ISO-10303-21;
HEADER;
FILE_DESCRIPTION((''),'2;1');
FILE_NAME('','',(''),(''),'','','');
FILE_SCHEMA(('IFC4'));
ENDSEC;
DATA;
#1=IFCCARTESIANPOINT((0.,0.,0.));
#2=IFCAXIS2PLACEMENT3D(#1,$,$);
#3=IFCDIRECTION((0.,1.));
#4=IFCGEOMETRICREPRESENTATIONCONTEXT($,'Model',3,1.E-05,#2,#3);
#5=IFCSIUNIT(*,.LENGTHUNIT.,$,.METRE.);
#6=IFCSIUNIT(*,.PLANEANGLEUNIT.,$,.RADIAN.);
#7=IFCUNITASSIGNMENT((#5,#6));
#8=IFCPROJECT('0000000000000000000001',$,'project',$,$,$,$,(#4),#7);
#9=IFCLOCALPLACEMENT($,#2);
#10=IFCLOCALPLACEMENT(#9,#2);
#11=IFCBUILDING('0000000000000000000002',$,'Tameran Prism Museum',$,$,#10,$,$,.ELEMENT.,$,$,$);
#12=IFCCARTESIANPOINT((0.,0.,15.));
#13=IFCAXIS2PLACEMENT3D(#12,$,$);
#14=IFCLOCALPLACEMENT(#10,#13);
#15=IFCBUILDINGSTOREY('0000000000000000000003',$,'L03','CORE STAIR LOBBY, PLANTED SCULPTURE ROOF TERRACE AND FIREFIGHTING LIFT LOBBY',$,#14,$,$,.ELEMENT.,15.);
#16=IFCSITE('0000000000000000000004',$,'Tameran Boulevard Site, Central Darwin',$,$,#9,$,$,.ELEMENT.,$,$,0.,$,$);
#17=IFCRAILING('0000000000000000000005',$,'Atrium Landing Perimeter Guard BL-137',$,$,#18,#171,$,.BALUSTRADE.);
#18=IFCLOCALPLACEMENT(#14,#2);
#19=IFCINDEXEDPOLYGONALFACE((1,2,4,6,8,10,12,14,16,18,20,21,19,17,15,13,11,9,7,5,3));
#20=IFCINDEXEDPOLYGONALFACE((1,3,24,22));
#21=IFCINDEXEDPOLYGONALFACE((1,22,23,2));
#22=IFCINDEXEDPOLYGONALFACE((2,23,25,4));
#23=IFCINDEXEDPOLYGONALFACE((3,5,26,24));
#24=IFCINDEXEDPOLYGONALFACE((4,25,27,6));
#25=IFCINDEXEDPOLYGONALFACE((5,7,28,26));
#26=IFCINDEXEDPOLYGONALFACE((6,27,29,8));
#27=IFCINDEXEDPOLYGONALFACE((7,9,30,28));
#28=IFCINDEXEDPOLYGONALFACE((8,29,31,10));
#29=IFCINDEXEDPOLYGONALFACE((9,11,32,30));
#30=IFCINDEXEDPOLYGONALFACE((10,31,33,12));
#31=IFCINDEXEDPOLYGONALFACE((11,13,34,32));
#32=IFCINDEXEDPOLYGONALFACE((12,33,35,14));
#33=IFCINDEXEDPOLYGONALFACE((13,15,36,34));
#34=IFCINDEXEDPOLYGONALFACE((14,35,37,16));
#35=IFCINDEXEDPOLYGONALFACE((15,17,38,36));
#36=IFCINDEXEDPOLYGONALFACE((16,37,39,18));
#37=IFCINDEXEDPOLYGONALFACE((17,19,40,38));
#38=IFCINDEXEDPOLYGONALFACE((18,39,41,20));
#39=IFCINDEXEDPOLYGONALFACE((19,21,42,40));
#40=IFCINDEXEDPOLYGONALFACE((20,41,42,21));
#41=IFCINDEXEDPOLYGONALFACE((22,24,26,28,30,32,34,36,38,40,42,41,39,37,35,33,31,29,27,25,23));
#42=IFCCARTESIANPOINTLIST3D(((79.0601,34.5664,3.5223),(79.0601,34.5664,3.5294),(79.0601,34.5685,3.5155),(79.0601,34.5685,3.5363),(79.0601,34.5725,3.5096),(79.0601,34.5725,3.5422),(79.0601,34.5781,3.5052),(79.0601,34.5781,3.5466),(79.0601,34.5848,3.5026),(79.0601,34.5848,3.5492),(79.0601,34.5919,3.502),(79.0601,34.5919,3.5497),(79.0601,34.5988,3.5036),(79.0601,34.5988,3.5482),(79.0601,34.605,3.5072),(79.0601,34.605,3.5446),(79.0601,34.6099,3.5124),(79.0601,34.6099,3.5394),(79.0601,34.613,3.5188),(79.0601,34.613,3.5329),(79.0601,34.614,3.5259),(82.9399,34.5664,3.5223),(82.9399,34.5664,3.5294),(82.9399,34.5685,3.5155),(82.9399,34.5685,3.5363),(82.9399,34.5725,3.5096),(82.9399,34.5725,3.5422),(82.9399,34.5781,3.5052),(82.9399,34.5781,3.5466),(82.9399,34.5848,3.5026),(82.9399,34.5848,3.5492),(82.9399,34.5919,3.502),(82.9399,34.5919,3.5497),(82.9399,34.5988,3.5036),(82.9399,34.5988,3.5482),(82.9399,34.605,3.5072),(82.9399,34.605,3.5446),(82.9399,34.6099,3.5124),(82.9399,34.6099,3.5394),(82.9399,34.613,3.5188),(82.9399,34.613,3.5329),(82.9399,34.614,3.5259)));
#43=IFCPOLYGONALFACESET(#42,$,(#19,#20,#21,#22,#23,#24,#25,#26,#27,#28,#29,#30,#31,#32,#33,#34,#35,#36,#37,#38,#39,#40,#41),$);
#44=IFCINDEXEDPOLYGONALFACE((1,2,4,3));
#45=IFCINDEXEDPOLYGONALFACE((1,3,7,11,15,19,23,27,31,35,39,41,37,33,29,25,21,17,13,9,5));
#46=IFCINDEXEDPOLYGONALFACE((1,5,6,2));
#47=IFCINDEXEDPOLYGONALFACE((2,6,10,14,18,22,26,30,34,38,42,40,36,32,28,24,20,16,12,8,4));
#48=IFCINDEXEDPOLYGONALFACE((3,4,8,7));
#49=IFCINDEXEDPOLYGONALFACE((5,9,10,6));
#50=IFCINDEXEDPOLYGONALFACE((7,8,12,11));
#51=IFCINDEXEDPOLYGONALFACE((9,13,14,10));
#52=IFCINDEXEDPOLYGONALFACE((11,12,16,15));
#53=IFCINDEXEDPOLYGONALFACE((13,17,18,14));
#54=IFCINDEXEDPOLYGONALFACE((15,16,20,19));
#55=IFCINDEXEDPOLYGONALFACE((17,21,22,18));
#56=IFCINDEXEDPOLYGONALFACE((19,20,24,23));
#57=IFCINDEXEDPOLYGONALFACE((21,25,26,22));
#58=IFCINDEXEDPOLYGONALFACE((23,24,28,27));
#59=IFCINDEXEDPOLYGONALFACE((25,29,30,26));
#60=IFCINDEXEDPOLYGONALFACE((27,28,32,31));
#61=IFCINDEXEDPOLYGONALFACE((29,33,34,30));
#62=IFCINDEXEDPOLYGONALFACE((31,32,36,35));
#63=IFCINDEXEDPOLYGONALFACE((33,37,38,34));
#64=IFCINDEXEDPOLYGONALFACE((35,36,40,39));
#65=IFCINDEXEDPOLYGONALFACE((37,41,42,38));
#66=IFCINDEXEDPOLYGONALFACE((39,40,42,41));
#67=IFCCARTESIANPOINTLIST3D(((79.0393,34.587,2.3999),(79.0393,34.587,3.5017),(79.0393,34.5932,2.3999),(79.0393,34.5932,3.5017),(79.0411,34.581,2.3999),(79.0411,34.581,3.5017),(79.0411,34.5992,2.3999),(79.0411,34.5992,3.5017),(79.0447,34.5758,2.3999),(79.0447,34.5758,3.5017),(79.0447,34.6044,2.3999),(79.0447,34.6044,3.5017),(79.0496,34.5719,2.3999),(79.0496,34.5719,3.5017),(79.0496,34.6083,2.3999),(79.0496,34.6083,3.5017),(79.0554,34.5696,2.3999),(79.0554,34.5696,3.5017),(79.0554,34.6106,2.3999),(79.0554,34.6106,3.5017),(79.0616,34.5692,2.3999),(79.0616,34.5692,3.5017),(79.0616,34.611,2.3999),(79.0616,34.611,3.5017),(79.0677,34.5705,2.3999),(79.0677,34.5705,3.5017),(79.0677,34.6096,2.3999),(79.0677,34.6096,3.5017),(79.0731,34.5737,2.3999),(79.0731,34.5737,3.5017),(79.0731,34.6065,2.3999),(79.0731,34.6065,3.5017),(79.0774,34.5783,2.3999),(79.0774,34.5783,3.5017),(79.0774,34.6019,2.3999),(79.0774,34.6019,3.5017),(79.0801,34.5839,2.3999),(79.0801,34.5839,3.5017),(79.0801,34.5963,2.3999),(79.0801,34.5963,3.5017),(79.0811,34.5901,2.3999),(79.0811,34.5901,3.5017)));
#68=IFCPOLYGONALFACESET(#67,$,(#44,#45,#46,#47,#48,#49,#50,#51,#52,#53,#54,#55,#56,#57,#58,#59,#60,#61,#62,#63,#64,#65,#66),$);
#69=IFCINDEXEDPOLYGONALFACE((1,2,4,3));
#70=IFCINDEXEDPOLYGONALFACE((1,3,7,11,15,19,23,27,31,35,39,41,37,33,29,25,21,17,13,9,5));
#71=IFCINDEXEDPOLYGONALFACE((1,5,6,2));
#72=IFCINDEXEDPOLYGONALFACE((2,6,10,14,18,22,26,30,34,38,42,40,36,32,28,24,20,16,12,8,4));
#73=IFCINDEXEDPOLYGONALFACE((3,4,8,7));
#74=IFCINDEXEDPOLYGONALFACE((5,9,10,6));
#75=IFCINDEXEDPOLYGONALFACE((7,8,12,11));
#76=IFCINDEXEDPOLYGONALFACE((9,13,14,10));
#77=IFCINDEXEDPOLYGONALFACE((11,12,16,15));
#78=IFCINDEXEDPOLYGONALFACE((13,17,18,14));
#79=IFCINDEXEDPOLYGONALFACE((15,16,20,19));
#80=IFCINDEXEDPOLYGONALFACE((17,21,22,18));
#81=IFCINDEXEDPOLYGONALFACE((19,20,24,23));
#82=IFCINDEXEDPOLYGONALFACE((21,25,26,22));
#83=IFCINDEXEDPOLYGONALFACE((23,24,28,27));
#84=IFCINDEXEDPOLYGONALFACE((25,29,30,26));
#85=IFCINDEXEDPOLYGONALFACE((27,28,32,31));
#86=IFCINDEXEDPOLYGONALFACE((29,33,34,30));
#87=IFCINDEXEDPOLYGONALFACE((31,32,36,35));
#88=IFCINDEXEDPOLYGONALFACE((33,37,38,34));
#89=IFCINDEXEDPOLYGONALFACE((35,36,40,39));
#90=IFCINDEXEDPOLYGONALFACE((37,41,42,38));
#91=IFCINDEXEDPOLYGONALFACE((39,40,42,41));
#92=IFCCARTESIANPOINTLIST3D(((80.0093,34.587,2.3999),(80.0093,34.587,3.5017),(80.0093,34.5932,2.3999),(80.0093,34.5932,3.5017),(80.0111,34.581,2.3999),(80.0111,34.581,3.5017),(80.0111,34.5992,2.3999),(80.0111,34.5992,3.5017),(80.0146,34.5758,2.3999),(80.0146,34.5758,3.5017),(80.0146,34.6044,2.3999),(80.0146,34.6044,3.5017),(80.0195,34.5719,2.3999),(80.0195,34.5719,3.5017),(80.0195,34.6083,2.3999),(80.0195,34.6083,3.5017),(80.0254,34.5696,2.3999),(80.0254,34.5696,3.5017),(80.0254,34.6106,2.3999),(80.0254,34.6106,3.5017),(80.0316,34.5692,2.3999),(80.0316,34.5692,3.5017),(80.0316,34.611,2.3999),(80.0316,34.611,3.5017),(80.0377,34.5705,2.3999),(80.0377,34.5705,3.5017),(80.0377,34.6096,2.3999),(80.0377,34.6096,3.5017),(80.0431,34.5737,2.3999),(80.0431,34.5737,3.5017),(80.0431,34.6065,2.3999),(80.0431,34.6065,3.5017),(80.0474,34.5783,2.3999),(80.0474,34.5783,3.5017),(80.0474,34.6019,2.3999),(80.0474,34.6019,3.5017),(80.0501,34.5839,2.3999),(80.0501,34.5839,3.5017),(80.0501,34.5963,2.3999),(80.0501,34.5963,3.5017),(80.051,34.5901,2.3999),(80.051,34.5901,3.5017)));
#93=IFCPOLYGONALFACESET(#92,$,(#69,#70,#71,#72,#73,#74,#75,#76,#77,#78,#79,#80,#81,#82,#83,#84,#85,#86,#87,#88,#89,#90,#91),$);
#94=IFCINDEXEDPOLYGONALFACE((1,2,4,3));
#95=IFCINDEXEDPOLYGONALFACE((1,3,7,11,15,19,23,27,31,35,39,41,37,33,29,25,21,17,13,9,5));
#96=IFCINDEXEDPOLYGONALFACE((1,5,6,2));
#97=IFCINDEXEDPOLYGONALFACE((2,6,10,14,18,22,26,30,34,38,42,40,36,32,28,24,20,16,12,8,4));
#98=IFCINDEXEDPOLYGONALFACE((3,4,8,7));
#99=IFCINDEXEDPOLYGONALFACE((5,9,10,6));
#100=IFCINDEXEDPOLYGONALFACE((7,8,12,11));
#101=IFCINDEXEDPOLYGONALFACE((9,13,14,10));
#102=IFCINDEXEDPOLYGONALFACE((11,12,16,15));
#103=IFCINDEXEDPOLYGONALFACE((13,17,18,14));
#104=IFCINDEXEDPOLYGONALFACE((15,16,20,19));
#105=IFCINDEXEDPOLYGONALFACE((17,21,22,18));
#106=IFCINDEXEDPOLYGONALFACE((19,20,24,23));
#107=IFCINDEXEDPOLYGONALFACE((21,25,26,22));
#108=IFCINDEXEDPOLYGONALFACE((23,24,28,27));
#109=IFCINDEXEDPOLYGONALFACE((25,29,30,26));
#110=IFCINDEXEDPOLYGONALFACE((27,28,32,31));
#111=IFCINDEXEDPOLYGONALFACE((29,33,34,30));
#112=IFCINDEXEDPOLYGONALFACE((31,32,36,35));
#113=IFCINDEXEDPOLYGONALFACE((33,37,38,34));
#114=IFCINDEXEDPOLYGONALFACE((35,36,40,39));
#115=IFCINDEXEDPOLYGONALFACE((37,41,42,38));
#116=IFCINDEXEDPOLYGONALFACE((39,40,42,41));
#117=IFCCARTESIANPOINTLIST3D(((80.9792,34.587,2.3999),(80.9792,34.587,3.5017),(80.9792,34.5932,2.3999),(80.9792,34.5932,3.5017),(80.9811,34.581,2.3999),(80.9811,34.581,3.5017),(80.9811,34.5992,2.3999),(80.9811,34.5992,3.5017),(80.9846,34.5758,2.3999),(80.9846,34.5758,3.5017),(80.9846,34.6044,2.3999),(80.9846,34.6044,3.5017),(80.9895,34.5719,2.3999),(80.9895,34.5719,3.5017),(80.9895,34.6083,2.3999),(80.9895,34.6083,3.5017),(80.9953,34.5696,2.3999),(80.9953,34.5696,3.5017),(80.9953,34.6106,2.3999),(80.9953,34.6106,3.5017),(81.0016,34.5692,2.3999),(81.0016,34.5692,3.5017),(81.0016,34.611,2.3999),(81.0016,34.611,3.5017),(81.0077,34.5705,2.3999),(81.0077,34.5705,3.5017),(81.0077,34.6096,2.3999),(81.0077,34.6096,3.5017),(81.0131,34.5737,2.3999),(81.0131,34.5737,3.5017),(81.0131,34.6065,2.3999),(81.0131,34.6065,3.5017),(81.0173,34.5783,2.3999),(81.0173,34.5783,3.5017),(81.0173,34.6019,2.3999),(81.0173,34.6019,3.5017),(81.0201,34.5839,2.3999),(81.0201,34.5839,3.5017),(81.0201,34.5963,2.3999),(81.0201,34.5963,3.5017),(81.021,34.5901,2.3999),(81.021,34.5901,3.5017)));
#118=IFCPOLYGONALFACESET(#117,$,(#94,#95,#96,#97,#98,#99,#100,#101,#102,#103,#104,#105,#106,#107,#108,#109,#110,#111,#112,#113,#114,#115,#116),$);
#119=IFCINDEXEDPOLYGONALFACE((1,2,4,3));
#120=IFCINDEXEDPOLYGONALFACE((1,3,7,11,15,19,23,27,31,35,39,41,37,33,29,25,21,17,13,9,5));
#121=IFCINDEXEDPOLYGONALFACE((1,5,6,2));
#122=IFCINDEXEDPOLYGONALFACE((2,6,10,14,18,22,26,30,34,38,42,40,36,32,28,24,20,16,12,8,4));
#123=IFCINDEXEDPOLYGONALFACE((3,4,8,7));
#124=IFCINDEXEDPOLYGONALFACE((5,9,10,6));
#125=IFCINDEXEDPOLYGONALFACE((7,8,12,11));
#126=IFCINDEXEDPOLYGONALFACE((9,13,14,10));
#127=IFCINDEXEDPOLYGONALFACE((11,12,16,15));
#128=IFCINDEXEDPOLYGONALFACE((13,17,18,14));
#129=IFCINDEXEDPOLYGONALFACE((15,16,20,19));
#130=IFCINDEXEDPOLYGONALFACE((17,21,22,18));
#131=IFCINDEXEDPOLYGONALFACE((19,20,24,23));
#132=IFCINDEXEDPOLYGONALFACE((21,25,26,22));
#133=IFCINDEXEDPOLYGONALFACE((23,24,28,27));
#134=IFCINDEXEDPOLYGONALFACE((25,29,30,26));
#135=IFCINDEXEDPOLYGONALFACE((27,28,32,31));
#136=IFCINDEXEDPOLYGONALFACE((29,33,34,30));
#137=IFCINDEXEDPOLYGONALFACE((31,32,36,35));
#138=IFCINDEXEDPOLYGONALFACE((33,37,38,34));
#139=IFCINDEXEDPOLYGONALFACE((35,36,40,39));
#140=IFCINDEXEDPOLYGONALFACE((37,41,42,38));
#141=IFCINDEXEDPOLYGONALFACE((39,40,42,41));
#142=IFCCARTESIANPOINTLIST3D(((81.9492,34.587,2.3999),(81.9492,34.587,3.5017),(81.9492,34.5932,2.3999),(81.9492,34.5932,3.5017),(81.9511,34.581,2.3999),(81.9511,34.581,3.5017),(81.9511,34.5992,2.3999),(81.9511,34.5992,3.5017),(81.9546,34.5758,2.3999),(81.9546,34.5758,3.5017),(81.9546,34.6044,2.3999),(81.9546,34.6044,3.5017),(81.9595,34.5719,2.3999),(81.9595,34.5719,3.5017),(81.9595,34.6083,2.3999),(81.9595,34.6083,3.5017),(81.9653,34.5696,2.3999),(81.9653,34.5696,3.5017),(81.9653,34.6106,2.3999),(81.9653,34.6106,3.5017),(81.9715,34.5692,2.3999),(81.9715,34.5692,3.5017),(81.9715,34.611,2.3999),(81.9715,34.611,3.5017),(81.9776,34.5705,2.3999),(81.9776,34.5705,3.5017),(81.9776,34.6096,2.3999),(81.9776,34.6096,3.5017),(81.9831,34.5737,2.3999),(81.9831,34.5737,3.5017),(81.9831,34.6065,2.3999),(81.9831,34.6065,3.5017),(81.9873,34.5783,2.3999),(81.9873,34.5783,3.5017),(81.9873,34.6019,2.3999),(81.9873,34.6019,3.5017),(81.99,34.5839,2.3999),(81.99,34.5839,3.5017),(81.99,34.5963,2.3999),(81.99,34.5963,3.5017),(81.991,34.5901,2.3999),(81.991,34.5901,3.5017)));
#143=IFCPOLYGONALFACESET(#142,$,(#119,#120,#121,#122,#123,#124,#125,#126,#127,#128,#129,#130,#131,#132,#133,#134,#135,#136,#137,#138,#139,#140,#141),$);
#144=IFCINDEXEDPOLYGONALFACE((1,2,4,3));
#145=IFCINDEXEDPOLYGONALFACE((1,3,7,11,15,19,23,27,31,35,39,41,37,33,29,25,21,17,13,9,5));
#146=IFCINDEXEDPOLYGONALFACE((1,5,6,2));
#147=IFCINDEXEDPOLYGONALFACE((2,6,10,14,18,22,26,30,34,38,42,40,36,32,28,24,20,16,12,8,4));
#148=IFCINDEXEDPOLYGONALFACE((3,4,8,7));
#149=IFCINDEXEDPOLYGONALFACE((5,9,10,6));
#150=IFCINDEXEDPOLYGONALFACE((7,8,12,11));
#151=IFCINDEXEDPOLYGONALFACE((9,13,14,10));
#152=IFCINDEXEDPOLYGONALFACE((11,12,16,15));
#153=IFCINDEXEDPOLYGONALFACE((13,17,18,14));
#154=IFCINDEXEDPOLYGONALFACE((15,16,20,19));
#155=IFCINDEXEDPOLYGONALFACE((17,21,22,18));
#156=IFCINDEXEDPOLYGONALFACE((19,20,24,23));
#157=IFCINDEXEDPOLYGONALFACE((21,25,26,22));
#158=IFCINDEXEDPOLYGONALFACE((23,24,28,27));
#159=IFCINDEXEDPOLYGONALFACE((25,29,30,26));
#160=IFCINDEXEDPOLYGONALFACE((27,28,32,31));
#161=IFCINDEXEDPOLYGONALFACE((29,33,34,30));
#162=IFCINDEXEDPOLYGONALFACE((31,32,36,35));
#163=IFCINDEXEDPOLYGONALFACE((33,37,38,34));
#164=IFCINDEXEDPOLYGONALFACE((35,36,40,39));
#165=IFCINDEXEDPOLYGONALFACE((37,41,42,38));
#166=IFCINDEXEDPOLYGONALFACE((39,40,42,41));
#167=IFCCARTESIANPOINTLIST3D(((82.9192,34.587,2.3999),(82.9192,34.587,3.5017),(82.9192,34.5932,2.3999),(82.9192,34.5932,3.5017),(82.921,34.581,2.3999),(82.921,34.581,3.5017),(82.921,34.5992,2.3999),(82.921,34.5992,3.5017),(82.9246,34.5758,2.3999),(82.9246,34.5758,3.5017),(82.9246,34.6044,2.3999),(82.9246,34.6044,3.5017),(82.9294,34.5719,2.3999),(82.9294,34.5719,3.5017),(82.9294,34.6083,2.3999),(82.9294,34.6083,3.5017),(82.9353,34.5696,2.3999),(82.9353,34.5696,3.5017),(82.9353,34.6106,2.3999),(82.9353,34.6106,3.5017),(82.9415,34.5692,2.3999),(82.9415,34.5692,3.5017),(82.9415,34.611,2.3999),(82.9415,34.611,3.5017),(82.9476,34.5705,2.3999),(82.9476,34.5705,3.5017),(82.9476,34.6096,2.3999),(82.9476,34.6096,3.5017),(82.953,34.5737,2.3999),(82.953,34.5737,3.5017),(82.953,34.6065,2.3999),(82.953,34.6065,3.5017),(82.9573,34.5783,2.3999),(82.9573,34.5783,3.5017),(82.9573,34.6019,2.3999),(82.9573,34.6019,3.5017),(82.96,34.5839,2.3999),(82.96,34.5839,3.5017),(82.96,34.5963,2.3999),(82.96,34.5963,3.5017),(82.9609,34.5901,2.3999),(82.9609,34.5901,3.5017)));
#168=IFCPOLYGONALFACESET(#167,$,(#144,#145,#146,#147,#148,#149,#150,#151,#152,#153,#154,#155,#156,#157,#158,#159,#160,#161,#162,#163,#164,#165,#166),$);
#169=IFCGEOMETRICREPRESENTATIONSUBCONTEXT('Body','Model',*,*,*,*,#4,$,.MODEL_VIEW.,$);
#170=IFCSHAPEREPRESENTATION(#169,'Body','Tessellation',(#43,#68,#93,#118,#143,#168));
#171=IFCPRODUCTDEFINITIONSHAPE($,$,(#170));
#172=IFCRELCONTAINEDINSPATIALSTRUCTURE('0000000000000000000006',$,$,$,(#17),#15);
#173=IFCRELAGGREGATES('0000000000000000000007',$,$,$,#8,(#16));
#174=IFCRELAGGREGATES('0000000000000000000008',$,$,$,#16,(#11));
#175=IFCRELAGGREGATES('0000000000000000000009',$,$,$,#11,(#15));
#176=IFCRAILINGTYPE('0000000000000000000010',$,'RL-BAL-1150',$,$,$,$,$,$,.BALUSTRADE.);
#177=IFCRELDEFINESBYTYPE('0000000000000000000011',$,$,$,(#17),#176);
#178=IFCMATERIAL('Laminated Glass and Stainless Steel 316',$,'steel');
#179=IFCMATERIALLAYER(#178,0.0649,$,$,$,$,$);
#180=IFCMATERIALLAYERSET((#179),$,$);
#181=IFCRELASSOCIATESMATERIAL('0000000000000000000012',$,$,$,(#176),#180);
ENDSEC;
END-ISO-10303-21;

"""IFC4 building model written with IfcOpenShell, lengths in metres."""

from ifc_helpers import new_model, si_unit, direction, frame, origin, origin_2d, place, context, subcontext, project, spatial, circle, extrude, material, layer, layer_set, type_object, element, save


model = new_model("IFC4")

# Units and contexts
model_context = context("Model", 3, precision=1e-05, world=origin(), true_north=direction((0.0, 1.0)))
body_context = subcontext(model_context, "Body", "Model", "MODEL_VIEW")
ifc_project = project(units=[si_unit("LENGTHUNIT", "METRE"), si_unit("PLANEANGLEUNIT", "RADIAN")], contexts=[model_context])

# Site, building, storey
site_placement = place(None, origin())
site = spatial("IfcSite", under=ifc_project, at=site_placement, Name="Tameran Boulevard Site, Central Darwin", CompositionType="ELEMENT", RefElevation=0.0)
building_placement = place(site_placement, origin())
building = spatial("IfcBuilding", under=site, at=building_placement, Name="Tameran Prism Museum", CompositionType="ELEMENT")
storey_placement = place(building_placement, frame((0.0, 0.0, 15.0)))
storey = spatial("IfcBuildingStorey", under=building, at=storey_placement, Name="L03", Description="CORE STAIR LOBBY, PLANTED SCULPTURE ROOF TERRACE AND FIREFIGHTING LIFT LOBBY", CompositionType="ELEMENT", Elevation=15.0)

# Railing
ifc_material_1 = material(Name="Laminated Glass and Stainless Steel 316", Category="steel")
ifc_layer_1 = layer(ifc_material_1, 0.0649)
ifc_layer_set_1 = layer_set([ifc_layer_1])
railing_type = type_object("IfcRailingType", Name="RL-BAL-1150", PredefinedType="BALUSTRADE", material=ifc_layer_set_1)
railing_1_placement = place(storey_placement, frame((79.0601, 34.5901, 2.3999)))
element("IfcRailing", 1, at=railing_1_placement, inside=storey, type_object=railing_type, Name="Atrium Landing Perimeter Guard BL-137", PredefinedType="BALUSTRADE", context=body_context, shape_type="SweptSolid", body=[
    extrude(circle(Radius=0.0239, at=origin_2d()), frame((0.0, 0.0, 1.126), z_axis=(1.0, 0.0, 0.0), x_axis=(0.0, 1.0, 0.0)), (0.0, 0.0, 1.0), 3.8799),
    extrude(circle(Radius=0.021, at=origin_2d()), origin(), (0.0, 0.0, 1.0), 1.1018),
    extrude(circle(Radius=0.021, at=origin_2d()), frame((0.97, 0.0, 0.0)), (0.0, 0.0, 1.0), 1.1018),
    extrude(circle(Radius=0.021, at=origin_2d()), frame((1.9399, 0.0, 0.0)), (0.0, 0.0, 1.0), 1.1018),
    extrude(circle(Radius=0.021, at=origin_2d()), frame((2.9099, 0.0, 0.0)), (0.0, 0.0, 1.0), 1.1018),
    extrude(circle(Radius=0.021, at=origin_2d()), frame((3.8799, 0.0, 0.0)), (0.0, 0.0, 1.0), 1.1018),
])

save(model, "model.ifc")
